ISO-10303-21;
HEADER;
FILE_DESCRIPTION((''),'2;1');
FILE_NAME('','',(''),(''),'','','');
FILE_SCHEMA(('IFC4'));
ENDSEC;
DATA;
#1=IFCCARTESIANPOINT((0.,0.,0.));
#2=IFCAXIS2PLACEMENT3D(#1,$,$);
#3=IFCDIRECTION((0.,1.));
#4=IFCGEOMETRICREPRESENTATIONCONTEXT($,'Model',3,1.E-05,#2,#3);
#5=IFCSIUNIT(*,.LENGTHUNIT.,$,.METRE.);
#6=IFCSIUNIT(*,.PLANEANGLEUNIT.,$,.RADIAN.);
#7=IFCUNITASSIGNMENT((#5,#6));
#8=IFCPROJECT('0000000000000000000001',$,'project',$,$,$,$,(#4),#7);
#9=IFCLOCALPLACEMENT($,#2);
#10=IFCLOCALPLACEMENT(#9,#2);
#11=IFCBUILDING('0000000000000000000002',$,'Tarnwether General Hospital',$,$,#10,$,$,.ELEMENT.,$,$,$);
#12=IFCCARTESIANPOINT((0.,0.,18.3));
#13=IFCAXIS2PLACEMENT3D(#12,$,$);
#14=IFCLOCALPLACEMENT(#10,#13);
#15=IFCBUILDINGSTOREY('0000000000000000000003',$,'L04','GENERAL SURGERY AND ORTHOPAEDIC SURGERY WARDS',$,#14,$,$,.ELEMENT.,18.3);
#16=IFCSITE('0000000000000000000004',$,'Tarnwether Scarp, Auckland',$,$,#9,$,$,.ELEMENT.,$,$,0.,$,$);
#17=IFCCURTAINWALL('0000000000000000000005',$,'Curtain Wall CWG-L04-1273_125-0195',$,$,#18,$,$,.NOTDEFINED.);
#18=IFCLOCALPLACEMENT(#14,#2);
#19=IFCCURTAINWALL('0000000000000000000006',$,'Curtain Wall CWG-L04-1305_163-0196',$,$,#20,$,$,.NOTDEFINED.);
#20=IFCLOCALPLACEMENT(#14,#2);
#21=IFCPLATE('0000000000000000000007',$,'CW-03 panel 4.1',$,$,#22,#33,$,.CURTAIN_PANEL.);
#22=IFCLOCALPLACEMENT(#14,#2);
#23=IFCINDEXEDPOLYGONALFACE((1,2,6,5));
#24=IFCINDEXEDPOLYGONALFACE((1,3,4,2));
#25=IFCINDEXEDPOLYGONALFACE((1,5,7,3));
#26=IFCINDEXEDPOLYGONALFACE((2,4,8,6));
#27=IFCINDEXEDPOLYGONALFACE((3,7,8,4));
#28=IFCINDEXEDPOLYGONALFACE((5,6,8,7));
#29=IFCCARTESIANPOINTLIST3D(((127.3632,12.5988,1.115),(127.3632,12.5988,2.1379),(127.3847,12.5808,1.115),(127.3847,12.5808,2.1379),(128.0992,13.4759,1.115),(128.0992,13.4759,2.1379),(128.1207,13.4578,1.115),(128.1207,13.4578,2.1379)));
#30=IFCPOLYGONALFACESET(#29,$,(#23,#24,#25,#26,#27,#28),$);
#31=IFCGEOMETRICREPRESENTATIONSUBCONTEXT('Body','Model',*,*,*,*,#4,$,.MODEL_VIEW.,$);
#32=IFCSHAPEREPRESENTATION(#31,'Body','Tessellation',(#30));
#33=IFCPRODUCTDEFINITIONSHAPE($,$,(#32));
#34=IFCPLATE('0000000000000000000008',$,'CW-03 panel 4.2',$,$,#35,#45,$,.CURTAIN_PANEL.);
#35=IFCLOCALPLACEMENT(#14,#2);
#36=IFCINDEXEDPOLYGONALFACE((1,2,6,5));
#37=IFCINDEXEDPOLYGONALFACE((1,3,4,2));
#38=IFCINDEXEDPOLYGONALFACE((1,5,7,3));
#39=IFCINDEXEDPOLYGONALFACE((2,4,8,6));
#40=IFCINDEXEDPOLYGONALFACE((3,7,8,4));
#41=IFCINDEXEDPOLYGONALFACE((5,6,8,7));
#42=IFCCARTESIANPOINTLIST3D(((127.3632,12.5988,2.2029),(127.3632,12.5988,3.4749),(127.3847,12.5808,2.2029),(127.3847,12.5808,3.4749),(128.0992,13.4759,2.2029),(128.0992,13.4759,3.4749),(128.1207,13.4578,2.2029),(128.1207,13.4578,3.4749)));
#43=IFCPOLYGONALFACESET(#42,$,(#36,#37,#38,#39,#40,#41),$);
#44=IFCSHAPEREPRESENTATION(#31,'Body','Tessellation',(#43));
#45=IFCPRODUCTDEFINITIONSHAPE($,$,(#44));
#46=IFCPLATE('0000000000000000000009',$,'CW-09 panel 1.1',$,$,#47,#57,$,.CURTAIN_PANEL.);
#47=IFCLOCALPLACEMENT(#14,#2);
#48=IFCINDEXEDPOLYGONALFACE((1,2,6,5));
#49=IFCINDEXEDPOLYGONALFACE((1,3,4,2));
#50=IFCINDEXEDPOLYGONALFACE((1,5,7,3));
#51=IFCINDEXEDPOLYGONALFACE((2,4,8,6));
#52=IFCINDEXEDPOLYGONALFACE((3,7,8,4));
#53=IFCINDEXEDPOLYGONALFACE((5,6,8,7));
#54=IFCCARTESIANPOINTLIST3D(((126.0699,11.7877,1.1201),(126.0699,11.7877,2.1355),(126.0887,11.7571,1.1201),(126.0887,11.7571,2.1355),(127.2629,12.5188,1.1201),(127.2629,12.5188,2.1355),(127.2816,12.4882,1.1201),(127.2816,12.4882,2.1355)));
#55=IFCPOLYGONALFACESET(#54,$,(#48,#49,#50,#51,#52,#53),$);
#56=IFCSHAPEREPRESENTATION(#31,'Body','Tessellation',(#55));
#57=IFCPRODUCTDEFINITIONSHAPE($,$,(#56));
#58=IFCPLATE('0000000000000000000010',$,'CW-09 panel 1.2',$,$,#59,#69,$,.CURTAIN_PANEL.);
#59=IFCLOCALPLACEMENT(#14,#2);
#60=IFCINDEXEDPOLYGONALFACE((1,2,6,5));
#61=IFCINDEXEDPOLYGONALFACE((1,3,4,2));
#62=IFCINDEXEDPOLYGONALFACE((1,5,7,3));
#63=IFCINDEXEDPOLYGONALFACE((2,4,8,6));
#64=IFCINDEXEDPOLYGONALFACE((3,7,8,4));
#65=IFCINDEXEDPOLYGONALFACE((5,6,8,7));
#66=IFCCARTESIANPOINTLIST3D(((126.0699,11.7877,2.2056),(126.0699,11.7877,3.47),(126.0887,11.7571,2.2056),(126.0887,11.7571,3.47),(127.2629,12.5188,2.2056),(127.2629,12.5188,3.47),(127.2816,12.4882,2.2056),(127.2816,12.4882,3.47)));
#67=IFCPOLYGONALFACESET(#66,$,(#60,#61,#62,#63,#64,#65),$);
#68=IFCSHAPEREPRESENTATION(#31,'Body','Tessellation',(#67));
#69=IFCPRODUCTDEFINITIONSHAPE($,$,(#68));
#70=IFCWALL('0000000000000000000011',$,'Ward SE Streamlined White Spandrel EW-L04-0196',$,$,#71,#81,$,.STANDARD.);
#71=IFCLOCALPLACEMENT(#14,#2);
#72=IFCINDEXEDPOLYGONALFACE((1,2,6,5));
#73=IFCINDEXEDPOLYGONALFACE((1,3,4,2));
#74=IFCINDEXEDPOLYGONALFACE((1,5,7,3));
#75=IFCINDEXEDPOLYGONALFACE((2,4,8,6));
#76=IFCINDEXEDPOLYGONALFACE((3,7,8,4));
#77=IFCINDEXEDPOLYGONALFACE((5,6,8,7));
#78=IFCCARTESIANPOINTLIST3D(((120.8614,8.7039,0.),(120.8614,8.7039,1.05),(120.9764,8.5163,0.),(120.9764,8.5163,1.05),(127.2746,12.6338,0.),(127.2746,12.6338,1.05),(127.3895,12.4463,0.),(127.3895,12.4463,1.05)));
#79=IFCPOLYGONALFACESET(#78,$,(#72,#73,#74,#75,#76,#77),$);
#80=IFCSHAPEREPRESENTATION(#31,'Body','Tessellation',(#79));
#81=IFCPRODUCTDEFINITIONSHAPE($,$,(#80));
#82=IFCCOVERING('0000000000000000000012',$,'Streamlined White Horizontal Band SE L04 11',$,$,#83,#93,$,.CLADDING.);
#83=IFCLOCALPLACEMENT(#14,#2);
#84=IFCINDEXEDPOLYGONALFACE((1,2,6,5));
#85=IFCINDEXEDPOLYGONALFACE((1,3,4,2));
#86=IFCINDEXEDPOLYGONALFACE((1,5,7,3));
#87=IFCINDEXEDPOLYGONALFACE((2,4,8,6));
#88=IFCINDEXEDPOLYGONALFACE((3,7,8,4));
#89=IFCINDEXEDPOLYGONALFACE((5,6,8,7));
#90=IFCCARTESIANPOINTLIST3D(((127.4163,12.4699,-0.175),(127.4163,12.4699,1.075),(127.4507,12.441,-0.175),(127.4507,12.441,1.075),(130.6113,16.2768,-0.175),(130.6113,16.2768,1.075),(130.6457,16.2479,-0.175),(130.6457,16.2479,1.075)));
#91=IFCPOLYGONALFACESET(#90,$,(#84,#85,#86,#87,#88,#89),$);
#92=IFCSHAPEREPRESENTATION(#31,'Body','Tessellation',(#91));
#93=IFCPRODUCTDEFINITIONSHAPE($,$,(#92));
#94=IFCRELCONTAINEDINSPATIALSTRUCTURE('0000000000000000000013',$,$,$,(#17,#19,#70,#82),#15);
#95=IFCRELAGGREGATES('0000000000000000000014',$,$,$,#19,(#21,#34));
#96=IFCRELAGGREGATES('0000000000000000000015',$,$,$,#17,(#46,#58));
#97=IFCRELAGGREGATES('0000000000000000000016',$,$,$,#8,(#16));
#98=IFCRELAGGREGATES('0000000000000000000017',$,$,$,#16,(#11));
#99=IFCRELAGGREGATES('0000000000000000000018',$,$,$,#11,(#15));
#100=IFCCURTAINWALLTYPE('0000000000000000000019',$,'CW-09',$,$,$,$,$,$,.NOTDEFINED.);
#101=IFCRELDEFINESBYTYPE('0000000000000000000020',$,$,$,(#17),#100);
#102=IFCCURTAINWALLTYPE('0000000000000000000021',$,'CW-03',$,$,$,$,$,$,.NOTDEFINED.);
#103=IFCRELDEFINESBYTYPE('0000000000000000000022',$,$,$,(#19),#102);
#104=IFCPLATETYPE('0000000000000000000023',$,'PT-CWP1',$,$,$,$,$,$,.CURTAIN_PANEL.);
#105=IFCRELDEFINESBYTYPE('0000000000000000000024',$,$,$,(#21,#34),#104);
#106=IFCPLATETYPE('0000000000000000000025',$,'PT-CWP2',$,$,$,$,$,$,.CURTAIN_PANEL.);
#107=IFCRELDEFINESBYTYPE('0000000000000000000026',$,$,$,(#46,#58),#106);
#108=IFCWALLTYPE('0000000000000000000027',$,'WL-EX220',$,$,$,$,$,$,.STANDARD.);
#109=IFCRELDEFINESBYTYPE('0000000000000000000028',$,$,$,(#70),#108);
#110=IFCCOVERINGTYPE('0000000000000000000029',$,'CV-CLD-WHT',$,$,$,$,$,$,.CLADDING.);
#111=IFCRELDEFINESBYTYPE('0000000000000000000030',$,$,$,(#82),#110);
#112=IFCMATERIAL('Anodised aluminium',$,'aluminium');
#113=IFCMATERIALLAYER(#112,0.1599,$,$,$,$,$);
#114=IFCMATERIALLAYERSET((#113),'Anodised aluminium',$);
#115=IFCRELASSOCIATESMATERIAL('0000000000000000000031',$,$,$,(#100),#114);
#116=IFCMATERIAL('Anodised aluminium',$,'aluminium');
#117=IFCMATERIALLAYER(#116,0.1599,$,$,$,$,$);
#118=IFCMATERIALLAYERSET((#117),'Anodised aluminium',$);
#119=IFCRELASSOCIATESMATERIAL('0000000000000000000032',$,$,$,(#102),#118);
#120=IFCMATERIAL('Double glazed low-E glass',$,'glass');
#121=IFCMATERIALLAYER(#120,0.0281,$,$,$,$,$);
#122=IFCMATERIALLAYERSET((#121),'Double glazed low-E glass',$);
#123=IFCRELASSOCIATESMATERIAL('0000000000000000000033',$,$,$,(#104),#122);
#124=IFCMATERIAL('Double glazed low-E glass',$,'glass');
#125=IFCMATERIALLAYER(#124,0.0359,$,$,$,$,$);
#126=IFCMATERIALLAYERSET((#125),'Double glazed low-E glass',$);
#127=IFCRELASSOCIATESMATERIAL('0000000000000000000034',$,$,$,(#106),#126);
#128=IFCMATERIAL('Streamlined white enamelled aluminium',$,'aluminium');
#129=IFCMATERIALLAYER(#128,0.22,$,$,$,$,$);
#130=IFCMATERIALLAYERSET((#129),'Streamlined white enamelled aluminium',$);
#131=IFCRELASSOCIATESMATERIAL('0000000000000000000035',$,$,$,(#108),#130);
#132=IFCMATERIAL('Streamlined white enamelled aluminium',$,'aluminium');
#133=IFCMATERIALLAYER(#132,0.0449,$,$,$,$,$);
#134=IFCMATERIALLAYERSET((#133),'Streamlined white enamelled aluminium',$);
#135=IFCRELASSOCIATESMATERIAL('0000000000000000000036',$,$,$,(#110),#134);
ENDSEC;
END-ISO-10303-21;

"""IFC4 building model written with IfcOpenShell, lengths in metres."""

from ifc_helpers import new_model, si_unit, direction, frame, frame_2d, origin, origin_2d, place, context, subcontext, project, spatial, rectangle, extrude, material, layer, layer_set, type_object, element, aggregate, save


model = new_model("IFC4")

# Units and contexts
model_context = context("Model", 3, precision=1e-05, world=origin(), true_north=direction((0.0, 1.0)))
body_context = subcontext(model_context, "Body", "Model", "MODEL_VIEW")
ifc_project = project(units=[si_unit("LENGTHUNIT", "METRE"), si_unit("PLANEANGLEUNIT", "RADIAN")], contexts=[model_context])

# Site, building, storey
site_placement = place(None, origin())
site = spatial("IfcSite", under=ifc_project, at=site_placement, Name="Tarnwether Scarp, Auckland", CompositionType="ELEMENT", RefElevation=0.0)
building_placement = place(site_placement, origin())
building = spatial("IfcBuilding", under=site, at=building_placement, Name="Tarnwether General Hospital", CompositionType="ELEMENT")
storey_placement = place(building_placement, frame((0.0, 0.0, 18.3)))
storey = spatial("IfcBuildingStorey", under=building, at=storey_placement, Name="L04", Description="GENERAL SURGERY AND ORTHOPAEDIC SURGERY WARDS", CompositionType="ELEMENT", Elevation=18.3)

# Curtain walls
ifc_material_1 = material(Name="Anodised aluminium", Category="aluminium")
ifc_layer_1 = layer(ifc_material_1, 0.1599)
ifc_layer_set_1 = layer_set([ifc_layer_1], Name="Anodised aluminium")
curtain_wall_type_1 = type_object("IfcCurtainWallType", Name="CW-09", PredefinedType="NOTDEFINED", material=ifc_layer_set_1)
curtain_wall_1_placement = place(storey_placement, origin())
curtain_wall_1 = element("IfcCurtainWall", 1, at=curtain_wall_1_placement, inside=storey, type_object=curtain_wall_type_1, Name="Curtain Wall CWG-L04-1273_125-0195", PredefinedType="NOTDEFINED")
ifc_material_2 = material(Name="Anodised aluminium", Category="aluminium")
ifc_layer_2 = layer(ifc_material_2, 0.1599)
ifc_layer_set_2 = layer_set([ifc_layer_2], Name="Anodised aluminium")
curtain_wall_type_2 = type_object("IfcCurtainWallType", Name="CW-03", PredefinedType="NOTDEFINED", material=ifc_layer_set_2)
curtain_wall_2_placement = place(storey_placement, origin())
curtain_wall_2 = element("IfcCurtainWall", 2, at=curtain_wall_2_placement, inside=storey, type_object=curtain_wall_type_2, Name="Curtain Wall CWG-L04-1305_163-0196", PredefinedType="NOTDEFINED")

# Plates
ifc_material_3 = material(Name="Double glazed low-E glass", Category="glass")
ifc_layer_3 = layer(ifc_material_3, 0.0281)
ifc_layer_set_3 = layer_set([ifc_layer_3], Name="Double glazed low-E glass")
plate_type_1 = type_object("IfcPlateType", Name="PT-CWP1", PredefinedType="CURTAIN_PANEL", material=ifc_layer_set_3)
plate_1_placement = place(storey_placement, frame((127.7419, 13.0283, 1.115), z_axis=(0.0, 0.0, 1.0), x_axis=(-0.642852, -0.76599, 0.0)))
plate_1 = element("IfcPlate", 3, at=plate_1_placement, type_object=plate_type_1, Name="CW-03 panel 4.1", PredefinedType="CURTAIN_PANEL", context=body_context, shape_type="SweptSolid", body=[
    extrude(rectangle(XDim=1.145, YDim=0.0281, at=origin_2d()), origin(), (0.0, 0.0, 1.0), 1.0229),
])
plate_2_placement = place(storey_placement, frame((127.7419, 13.0283, 2.2029), z_axis=(0.0, 0.0, 1.0), x_axis=(-0.642852, -0.76599, 0.0)))
plate_2 = element("IfcPlate", 4, at=plate_2_placement, type_object=plate_type_1, Name="CW-03 panel 4.2", PredefinedType="CURTAIN_PANEL", context=body_context, shape_type="SweptSolid", body=[
    extrude(rectangle(XDim=1.145, YDim=0.0281, at=origin_2d()), origin(), (0.0, 0.0, 1.0), 1.272),
])
aggregate(curtain_wall_2, [plate_1, plate_2])
ifc_material_4 = material(Name="Double glazed low-E glass", Category="glass")
ifc_layer_4 = layer(ifc_material_4, 0.0359)
ifc_layer_set_4 = layer_set([ifc_layer_4], Name="Double glazed low-E glass")
plate_type_2 = type_object("IfcPlateType", Name="PT-CWP2", PredefinedType="CURTAIN_PANEL", material=ifc_layer_set_4)
plate_3_placement = place(storey_placement, frame((126.6758, 12.1379, 1.1201), z_axis=(0.0, 0.0, 1.0), x_axis=(-0.852634, -0.522509, 0.0)))
plate_3 = element("IfcPlate", 5, at=plate_3_placement, type_object=plate_type_2, Name="CW-09 panel 1.1", PredefinedType="CURTAIN_PANEL", context=body_context, shape_type="SweptSolid", body=[
    extrude(rectangle(XDim=1.3992, YDim=0.0359, at=origin_2d()), origin(), (0.0, 0.0, 1.0), 1.0154),
])
plate_4_placement = place(storey_placement, frame((126.6758, 12.1379, 2.2056), z_axis=(0.0, 0.0, 1.0), x_axis=(-0.852634, -0.522509, 0.0)))
plate_4 = element("IfcPlate", 6, at=plate_4_placement, type_object=plate_type_2, Name="CW-09 panel 1.2", PredefinedType="CURTAIN_PANEL", context=body_context, shape_type="SweptSolid", body=[
    extrude(rectangle(XDim=1.3992, YDim=0.0359, at=origin_2d()), origin(), (0.0, 0.0, 1.0), 1.2644),
])
aggregate(curtain_wall_1, [plate_3, plate_4])

# Wall
ifc_material_5 = material(Name="Streamlined white enamelled aluminium", Category="aluminium")
ifc_layer_5 = layer(ifc_material_5, 0.22)
ifc_layer_set_5 = layer_set([ifc_layer_5], Name="Streamlined white enamelled aluminium")
wall_type = type_object("IfcWallType", Name="WL-EX220", PredefinedType="STANDARD", material=ifc_layer_set_5)
wall_placement = place(storey_placement, frame((127.332, 12.54, 0.0), z_axis=(0.0, 0.0, 1.0), x_axis=(-0.852641, -0.522497, 0.0)))
element("IfcWall", 7, at=wall_placement, inside=storey, type_object=wall_type, Name="Ward SE Streamlined White Spandrel EW-L04-0196", PredefinedType="STANDARD", context=body_context, shape_type="SweptSolid", body=[
    extrude(rectangle(XDim=7.5215, YDim=0.22, at=frame_2d((3.7607, 0.0))), origin(), (0.0, 0.0, 1.0), 1.05),
])

# Covering
ifc_material_6 = material(Name="Streamlined white enamelled aluminium", Category="aluminium")
ifc_layer_6 = layer(ifc_material_6, 0.0449)
ifc_layer_set_6 = layer_set([ifc_layer_6], Name="Streamlined white enamelled aluminium")
covering_type = type_object("IfcCoveringType", Name="CV-CLD-WHT", PredefinedType="CLADDING", material=ifc_layer_set_6)
covering_placement = place(storey_placement, frame((129.031, 14.3589, -0.175), z_axis=(0.0, 0.0, 1.0), x_axis=(-0.642854, -0.765988, 0.0)))
element("IfcCovering", 8, at=covering_placement, inside=storey, type_object=covering_type, Name="Streamlined White Horizontal Band SE L04 11", PredefinedType="CLADDING", context=body_context, shape_type="SweptSolid", body=[
    extrude(rectangle(XDim=4.97, YDim=0.0449, at=origin_2d()), origin(), (0.0, 0.0, 1.0), 1.25),
])

save(model, "model.ifc")
